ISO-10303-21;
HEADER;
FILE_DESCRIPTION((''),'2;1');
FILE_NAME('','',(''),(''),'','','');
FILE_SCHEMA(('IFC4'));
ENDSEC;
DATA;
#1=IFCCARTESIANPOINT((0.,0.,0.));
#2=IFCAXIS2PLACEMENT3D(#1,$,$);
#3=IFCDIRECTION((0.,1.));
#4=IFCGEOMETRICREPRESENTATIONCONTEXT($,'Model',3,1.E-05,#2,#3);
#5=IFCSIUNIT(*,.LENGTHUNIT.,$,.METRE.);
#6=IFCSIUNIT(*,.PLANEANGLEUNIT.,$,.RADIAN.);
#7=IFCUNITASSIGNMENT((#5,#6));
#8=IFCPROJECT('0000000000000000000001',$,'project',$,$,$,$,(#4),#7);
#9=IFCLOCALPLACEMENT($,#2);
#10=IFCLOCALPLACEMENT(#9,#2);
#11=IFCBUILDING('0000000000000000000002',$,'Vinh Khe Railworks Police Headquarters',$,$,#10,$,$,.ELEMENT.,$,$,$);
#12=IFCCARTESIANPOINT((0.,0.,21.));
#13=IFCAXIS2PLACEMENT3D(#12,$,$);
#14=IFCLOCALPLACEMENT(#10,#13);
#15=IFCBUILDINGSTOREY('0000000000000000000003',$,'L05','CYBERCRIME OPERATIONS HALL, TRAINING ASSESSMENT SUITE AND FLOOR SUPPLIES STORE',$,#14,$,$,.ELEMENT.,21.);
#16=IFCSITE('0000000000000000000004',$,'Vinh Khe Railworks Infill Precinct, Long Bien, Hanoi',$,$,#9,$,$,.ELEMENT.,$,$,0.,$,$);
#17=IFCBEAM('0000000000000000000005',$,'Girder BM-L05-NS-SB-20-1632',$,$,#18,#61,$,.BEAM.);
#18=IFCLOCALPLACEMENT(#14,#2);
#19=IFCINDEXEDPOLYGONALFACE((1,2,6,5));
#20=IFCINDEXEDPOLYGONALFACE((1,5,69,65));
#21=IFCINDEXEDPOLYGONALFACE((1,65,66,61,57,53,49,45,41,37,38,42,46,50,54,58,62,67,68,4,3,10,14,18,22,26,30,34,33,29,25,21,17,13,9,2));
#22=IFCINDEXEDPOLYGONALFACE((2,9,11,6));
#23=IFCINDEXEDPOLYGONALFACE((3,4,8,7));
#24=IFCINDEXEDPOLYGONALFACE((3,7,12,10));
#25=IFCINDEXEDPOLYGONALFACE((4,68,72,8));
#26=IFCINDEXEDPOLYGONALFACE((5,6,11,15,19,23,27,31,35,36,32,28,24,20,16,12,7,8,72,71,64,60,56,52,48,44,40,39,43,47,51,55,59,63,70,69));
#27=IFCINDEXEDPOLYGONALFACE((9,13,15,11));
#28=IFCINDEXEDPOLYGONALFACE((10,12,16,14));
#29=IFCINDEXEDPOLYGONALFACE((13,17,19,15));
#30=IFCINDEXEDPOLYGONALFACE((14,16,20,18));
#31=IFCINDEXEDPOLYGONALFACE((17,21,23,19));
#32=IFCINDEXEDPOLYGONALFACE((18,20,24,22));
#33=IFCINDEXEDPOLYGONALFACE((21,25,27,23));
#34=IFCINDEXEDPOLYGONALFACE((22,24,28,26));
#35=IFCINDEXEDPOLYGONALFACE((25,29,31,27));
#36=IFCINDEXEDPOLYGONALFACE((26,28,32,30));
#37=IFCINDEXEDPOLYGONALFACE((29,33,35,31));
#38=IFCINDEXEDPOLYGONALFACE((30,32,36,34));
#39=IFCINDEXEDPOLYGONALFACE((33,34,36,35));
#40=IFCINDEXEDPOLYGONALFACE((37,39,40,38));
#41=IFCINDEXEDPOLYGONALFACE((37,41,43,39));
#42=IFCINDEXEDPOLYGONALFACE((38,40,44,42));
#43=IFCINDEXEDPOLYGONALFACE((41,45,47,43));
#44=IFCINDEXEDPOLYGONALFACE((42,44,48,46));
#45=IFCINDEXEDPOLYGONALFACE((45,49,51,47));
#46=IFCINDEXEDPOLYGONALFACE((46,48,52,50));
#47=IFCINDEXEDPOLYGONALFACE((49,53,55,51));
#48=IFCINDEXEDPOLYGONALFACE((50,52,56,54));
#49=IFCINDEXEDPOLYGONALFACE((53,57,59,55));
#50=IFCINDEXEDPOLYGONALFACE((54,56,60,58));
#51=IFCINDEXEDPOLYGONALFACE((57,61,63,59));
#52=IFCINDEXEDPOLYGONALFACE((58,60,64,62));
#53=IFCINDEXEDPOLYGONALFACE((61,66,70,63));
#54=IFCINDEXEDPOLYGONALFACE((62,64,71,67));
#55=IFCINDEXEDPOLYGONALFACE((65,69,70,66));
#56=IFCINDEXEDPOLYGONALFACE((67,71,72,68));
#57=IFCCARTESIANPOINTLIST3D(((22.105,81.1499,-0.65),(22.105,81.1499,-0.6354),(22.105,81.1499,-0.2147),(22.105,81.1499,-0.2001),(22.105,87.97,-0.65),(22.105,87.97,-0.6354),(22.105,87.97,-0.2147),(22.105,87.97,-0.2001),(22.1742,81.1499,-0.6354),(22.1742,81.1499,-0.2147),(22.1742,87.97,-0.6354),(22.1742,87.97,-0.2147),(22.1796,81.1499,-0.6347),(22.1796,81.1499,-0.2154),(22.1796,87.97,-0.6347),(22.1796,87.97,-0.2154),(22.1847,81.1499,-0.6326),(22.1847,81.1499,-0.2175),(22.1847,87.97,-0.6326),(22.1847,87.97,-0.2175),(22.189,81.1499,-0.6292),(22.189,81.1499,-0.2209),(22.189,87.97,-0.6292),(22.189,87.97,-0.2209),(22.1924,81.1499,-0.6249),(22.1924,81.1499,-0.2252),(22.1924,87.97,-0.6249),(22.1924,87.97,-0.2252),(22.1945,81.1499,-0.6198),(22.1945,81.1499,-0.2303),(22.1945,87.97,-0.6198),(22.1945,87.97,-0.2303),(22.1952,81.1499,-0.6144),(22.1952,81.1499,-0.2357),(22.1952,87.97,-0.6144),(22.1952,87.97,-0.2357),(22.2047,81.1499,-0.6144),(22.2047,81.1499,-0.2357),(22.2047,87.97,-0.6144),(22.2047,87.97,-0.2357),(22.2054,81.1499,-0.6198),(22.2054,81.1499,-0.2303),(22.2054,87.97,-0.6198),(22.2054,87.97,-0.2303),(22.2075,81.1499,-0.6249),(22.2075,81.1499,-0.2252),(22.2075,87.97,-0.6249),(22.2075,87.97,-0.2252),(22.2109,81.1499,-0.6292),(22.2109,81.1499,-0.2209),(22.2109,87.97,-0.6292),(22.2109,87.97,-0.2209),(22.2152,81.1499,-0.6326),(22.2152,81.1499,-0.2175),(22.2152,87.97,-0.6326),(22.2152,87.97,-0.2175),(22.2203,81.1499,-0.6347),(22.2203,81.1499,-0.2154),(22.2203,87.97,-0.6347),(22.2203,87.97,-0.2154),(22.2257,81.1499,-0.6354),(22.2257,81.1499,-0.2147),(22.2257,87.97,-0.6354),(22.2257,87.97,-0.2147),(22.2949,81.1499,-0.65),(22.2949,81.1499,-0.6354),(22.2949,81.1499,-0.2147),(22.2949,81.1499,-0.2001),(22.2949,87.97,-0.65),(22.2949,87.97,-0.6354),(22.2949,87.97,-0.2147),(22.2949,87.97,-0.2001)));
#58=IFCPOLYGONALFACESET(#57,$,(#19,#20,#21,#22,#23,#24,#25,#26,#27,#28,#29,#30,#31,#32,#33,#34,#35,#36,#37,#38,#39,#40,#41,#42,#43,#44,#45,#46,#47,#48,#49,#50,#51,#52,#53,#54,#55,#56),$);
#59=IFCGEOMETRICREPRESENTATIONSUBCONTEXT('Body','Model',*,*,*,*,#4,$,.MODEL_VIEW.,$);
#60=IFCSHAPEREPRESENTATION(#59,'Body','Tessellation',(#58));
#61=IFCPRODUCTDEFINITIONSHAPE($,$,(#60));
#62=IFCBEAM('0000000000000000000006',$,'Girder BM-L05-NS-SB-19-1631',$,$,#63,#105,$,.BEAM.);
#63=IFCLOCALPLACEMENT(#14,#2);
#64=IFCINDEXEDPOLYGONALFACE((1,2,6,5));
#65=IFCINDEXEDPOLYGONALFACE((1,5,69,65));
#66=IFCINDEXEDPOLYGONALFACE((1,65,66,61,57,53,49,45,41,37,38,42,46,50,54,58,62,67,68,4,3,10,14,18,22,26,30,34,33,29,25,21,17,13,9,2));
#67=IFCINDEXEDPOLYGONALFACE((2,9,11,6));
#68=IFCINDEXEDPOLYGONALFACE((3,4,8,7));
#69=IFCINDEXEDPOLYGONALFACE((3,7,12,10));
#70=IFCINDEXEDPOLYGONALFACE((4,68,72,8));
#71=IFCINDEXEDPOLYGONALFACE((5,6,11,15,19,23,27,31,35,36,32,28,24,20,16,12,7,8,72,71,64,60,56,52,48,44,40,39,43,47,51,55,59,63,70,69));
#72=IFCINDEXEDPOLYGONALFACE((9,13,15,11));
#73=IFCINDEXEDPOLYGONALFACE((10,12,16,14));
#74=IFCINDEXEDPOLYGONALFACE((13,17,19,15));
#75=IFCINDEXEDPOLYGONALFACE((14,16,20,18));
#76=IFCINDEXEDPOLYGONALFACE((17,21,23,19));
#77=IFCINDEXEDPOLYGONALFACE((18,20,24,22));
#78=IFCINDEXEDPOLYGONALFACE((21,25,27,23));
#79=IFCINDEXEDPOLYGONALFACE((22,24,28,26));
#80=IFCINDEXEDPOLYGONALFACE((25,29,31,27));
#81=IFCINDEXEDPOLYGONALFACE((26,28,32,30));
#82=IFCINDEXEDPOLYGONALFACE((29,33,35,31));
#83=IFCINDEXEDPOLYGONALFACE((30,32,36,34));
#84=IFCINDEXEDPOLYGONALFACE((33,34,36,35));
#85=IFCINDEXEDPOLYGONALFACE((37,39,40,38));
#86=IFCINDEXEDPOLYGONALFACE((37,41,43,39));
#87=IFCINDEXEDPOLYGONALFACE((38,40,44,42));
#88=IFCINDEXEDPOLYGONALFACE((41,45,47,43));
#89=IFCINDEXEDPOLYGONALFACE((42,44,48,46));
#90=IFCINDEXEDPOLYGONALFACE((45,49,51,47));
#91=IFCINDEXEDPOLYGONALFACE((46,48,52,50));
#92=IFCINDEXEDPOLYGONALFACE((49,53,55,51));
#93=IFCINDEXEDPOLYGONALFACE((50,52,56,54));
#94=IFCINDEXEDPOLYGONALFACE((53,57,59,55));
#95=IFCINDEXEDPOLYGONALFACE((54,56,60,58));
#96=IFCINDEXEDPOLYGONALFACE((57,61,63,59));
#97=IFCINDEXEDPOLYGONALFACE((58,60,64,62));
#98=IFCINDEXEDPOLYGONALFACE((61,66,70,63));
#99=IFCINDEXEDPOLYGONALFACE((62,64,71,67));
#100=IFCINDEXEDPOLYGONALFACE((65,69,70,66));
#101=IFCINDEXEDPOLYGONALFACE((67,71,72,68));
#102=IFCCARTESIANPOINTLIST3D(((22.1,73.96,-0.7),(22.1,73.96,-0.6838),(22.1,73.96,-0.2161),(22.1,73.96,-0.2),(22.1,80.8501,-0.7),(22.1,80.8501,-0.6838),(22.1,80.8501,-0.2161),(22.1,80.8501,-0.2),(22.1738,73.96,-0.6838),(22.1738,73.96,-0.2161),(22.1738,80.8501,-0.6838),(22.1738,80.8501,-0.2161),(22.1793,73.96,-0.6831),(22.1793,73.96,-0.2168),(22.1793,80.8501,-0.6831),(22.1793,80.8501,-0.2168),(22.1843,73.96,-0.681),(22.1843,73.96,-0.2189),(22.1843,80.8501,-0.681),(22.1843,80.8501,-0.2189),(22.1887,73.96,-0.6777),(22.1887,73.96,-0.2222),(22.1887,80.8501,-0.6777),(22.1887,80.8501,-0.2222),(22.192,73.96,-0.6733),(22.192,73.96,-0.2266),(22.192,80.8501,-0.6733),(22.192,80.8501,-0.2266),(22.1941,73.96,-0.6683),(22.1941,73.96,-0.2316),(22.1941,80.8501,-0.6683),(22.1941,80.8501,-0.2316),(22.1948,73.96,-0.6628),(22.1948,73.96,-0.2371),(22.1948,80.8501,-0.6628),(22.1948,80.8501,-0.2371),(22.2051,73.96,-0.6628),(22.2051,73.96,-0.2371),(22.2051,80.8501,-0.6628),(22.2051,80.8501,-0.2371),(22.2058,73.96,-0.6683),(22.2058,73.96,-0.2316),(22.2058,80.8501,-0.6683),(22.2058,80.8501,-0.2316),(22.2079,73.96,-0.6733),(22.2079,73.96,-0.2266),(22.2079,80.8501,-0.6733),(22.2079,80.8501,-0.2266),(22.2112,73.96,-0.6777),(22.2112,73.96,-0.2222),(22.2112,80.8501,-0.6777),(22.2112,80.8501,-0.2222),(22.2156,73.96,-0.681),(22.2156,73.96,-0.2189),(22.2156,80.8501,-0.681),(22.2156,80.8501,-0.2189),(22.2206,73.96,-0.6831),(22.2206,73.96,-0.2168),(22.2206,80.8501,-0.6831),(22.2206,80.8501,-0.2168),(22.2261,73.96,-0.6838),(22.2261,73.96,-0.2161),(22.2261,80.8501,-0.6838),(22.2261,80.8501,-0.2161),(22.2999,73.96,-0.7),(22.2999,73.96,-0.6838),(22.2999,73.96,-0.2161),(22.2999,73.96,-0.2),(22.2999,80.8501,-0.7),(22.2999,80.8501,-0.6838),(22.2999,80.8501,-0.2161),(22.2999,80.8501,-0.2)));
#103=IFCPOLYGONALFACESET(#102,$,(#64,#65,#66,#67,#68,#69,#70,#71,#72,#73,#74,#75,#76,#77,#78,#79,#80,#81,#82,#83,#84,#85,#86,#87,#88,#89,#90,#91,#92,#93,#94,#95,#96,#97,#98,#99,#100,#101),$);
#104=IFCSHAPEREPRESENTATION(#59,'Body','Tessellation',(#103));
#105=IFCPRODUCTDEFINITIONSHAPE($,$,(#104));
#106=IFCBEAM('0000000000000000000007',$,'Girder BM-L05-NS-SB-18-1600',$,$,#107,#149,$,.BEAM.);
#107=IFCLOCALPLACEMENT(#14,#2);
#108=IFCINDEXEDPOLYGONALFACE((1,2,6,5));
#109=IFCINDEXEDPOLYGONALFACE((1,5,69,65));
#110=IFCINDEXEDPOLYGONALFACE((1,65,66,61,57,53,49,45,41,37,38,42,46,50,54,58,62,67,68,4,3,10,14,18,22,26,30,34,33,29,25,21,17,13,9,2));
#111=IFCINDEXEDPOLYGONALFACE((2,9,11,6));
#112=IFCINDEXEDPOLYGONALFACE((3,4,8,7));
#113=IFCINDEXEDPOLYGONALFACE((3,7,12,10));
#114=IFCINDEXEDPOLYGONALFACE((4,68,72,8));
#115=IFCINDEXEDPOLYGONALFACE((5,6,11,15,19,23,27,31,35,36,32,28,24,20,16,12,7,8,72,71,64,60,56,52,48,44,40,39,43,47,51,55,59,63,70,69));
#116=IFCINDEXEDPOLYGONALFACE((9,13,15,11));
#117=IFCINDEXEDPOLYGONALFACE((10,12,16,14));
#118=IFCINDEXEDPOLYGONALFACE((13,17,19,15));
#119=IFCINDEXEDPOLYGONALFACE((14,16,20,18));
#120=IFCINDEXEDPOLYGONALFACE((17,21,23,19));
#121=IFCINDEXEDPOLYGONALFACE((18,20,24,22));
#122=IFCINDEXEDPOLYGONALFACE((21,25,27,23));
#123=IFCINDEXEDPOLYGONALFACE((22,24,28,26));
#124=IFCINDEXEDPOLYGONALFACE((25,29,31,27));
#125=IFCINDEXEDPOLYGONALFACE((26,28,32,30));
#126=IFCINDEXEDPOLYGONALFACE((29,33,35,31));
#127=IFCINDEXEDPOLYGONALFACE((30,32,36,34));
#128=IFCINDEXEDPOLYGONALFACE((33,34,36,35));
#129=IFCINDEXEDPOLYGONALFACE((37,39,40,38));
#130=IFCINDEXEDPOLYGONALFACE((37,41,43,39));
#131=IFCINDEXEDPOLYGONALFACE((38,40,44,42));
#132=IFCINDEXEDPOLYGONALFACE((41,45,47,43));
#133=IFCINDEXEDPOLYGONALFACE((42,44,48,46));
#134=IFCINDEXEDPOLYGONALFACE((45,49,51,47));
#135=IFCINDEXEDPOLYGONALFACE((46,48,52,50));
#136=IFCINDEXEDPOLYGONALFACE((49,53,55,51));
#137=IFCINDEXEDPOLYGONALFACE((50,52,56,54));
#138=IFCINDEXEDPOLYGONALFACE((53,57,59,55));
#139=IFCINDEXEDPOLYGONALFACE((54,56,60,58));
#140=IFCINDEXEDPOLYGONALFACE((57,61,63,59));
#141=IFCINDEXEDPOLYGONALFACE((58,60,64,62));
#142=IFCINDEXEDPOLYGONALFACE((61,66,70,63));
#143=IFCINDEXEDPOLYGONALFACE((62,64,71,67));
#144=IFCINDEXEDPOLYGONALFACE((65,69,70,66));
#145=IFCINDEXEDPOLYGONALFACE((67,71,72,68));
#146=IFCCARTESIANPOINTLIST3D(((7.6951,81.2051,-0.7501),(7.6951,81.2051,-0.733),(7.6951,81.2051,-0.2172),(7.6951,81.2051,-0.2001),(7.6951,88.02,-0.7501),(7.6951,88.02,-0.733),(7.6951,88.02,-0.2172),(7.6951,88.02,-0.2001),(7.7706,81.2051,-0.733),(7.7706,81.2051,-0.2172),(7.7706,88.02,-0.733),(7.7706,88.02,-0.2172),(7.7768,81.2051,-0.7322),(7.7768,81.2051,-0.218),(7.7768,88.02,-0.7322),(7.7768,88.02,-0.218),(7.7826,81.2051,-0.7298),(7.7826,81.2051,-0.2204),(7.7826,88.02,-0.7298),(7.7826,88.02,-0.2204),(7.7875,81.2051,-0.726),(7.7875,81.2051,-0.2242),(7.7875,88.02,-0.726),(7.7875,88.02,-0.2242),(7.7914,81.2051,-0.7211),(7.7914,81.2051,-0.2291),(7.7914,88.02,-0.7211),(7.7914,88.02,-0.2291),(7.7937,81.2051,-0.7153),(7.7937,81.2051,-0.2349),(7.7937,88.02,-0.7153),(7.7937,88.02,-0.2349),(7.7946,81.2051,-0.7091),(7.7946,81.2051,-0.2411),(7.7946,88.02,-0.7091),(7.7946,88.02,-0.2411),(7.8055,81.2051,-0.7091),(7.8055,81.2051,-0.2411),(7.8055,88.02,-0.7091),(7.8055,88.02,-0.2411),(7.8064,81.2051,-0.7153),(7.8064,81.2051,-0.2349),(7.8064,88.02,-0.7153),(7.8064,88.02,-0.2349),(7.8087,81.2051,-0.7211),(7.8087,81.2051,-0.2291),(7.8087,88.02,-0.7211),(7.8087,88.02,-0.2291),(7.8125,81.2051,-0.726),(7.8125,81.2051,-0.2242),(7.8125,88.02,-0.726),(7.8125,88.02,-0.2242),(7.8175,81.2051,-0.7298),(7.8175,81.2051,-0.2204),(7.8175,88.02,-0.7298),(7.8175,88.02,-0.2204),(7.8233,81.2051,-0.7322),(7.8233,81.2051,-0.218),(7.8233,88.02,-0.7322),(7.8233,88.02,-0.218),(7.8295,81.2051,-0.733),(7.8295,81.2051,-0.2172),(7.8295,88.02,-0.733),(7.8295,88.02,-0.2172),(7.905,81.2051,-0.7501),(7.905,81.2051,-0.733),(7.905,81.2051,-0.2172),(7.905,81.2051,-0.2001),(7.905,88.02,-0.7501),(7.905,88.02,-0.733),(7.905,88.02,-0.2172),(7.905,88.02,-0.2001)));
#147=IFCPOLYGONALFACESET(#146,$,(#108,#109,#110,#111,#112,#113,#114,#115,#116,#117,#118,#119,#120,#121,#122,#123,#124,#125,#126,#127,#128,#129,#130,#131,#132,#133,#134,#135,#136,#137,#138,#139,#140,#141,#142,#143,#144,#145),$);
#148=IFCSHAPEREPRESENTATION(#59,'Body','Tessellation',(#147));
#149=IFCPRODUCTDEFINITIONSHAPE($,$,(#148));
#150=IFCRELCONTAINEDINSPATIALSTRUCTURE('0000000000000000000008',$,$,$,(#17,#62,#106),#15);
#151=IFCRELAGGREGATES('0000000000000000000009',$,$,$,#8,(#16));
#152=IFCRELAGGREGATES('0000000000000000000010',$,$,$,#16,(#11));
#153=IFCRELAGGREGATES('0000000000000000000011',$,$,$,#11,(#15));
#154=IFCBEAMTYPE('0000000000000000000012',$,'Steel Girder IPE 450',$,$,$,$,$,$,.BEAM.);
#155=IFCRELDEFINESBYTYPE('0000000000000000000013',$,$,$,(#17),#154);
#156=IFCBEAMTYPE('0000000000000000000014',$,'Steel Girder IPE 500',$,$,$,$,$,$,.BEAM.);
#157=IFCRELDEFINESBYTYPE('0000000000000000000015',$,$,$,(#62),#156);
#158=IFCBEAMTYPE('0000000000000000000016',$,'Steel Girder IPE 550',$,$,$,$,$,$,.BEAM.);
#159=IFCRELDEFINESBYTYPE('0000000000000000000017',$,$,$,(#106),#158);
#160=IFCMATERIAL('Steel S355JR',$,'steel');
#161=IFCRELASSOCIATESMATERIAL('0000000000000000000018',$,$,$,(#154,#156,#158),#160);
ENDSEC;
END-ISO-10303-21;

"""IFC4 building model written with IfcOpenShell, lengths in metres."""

from ifc_helpers import new_model, si_unit, direction, frame, origin, origin_2d, place, context, subcontext, project, spatial, i_section, extrude, material, material_profile, profile_set, type_object, element, save


model = new_model("IFC4")

# Units and contexts
model_context = context("Model", 3, precision=1e-05, world=origin(), true_north=direction((0.0, 1.0)))
body_context = subcontext(model_context, "Body", "Model", "MODEL_VIEW")
ifc_project = project(units=[si_unit("LENGTHUNIT", "METRE"), si_unit("PLANEANGLEUNIT", "RADIAN")], contexts=[model_context])

# Site, building, storey
site_placement = place(None, origin())
site = spatial("IfcSite", under=ifc_project, at=site_placement, Name="Vinh Khe Railworks Infill Precinct, Long Bien, Hanoi", CompositionType="ELEMENT", RefElevation=0.0)
building_placement = place(site_placement, origin())
building = spatial("IfcBuilding", under=site, at=building_placement, Name="Vinh Khe Railworks Police Headquarters", CompositionType="ELEMENT")
storey_placement = place(building_placement, frame((0.0, 0.0, 21.0)))
storey = spatial("IfcBuildingStorey", under=building, at=storey_placement, Name="L05", Description="CYBERCRIME OPERATIONS HALL, TRAINING ASSESSMENT SUITE AND FLOOR SUPPLIES STORE", CompositionType="ELEMENT", Elevation=21.0)

# Shared definitions
ifc_material_1 = material(Name="Steel S355JR", Category="steel")

# Beams
ifc_material_profile_1 = material_profile(ifc_material_1, i_section(OverallWidth=0.1899, OverallDepth=0.45, WebThickness=0.0095, FlangeThickness=0.0146, FilletRadius=0.021, at=origin_2d()), Name="IPE 450")
ifc_profile_set_1 = profile_set([ifc_material_profile_1], Name="Steel S355JR")
beam_type_1 = type_object("IfcBeamType", Name="Steel Girder IPE 450", PredefinedType="BEAM", material=ifc_profile_set_1)
beam_1_placement = place(storey_placement, frame((22.2, 81.1499, -0.425), z_axis=(0.0, 1.0, 0.0), x_axis=(-1.0, 0.0, 0.0)))
element("IfcBeam", 1, at=beam_1_placement, inside=storey, type_object=beam_type_1, Name="Girder BM-L05-NS-SB-20-1632", PredefinedType="BEAM", context=body_context, shape_type="SweptSolid", body=[
    extrude(i_section(OverallWidth=0.1899, OverallDepth=0.45, WebThickness=0.0095, FlangeThickness=0.0146, FilletRadius=0.021, at=origin_2d()), origin(), (0.0, 0.0, 1.0), 6.8201),
])
ifc_material_profile_2 = material_profile(ifc_material_1, i_section(OverallWidth=0.2, OverallDepth=0.5, WebThickness=0.0103, FlangeThickness=0.0161, FilletRadius=0.021, at=origin_2d()), Name="IPE 500")
ifc_profile_set_2 = profile_set([ifc_material_profile_2], Name="Steel S355JR")
beam_type_2 = type_object("IfcBeamType", Name="Steel Girder IPE 500", PredefinedType="BEAM", material=ifc_profile_set_2)
beam_2_placement = place(storey_placement, frame((22.2, 73.96, -0.45), z_axis=(0.0, 1.0, 0.0), x_axis=(-1.0, 0.0, 0.0)))
element("IfcBeam", 2, at=beam_2_placement, inside=storey, type_object=beam_type_2, Name="Girder BM-L05-NS-SB-19-1631", PredefinedType="BEAM", context=body_context, shape_type="SweptSolid", body=[
    extrude(i_section(OverallWidth=0.2, OverallDepth=0.5, WebThickness=0.0103, FlangeThickness=0.0161, FilletRadius=0.021, at=origin_2d()), origin(), (0.0, 0.0, 1.0), 6.8901),
])
ifc_material_profile_3 = material_profile(ifc_material_1, i_section(OverallWidth=0.21, OverallDepth=0.55, WebThickness=0.011, FlangeThickness=0.0171, FilletRadius=0.0239, at=origin_2d()), Name="IPE 550")
ifc_profile_set_3 = profile_set([ifc_material_profile_3], Name="Steel S355JR")
beam_type_3 = type_object("IfcBeamType", Name="Steel Girder IPE 550", PredefinedType="BEAM", material=ifc_profile_set_3)
beam_3_placement = place(storey_placement, frame((7.8, 81.2051, -0.4751), z_axis=(0.0, 1.0, 0.0), x_axis=(-1.0, 0.0, 0.0)))
element("IfcBeam", 3, at=beam_3_placement, inside=storey, type_object=beam_type_3, Name="Girder BM-L05-NS-SB-18-1600", PredefinedType="BEAM", context=body_context, shape_type="SweptSolid", body=[
    extrude(i_section(OverallWidth=0.21, OverallDepth=0.55, WebThickness=0.011, FlangeThickness=0.0171, FilletRadius=0.0239, at=origin_2d()), origin(), (0.0, 0.0, 1.0), 6.8149),
])

save(model, "model.ifc")
